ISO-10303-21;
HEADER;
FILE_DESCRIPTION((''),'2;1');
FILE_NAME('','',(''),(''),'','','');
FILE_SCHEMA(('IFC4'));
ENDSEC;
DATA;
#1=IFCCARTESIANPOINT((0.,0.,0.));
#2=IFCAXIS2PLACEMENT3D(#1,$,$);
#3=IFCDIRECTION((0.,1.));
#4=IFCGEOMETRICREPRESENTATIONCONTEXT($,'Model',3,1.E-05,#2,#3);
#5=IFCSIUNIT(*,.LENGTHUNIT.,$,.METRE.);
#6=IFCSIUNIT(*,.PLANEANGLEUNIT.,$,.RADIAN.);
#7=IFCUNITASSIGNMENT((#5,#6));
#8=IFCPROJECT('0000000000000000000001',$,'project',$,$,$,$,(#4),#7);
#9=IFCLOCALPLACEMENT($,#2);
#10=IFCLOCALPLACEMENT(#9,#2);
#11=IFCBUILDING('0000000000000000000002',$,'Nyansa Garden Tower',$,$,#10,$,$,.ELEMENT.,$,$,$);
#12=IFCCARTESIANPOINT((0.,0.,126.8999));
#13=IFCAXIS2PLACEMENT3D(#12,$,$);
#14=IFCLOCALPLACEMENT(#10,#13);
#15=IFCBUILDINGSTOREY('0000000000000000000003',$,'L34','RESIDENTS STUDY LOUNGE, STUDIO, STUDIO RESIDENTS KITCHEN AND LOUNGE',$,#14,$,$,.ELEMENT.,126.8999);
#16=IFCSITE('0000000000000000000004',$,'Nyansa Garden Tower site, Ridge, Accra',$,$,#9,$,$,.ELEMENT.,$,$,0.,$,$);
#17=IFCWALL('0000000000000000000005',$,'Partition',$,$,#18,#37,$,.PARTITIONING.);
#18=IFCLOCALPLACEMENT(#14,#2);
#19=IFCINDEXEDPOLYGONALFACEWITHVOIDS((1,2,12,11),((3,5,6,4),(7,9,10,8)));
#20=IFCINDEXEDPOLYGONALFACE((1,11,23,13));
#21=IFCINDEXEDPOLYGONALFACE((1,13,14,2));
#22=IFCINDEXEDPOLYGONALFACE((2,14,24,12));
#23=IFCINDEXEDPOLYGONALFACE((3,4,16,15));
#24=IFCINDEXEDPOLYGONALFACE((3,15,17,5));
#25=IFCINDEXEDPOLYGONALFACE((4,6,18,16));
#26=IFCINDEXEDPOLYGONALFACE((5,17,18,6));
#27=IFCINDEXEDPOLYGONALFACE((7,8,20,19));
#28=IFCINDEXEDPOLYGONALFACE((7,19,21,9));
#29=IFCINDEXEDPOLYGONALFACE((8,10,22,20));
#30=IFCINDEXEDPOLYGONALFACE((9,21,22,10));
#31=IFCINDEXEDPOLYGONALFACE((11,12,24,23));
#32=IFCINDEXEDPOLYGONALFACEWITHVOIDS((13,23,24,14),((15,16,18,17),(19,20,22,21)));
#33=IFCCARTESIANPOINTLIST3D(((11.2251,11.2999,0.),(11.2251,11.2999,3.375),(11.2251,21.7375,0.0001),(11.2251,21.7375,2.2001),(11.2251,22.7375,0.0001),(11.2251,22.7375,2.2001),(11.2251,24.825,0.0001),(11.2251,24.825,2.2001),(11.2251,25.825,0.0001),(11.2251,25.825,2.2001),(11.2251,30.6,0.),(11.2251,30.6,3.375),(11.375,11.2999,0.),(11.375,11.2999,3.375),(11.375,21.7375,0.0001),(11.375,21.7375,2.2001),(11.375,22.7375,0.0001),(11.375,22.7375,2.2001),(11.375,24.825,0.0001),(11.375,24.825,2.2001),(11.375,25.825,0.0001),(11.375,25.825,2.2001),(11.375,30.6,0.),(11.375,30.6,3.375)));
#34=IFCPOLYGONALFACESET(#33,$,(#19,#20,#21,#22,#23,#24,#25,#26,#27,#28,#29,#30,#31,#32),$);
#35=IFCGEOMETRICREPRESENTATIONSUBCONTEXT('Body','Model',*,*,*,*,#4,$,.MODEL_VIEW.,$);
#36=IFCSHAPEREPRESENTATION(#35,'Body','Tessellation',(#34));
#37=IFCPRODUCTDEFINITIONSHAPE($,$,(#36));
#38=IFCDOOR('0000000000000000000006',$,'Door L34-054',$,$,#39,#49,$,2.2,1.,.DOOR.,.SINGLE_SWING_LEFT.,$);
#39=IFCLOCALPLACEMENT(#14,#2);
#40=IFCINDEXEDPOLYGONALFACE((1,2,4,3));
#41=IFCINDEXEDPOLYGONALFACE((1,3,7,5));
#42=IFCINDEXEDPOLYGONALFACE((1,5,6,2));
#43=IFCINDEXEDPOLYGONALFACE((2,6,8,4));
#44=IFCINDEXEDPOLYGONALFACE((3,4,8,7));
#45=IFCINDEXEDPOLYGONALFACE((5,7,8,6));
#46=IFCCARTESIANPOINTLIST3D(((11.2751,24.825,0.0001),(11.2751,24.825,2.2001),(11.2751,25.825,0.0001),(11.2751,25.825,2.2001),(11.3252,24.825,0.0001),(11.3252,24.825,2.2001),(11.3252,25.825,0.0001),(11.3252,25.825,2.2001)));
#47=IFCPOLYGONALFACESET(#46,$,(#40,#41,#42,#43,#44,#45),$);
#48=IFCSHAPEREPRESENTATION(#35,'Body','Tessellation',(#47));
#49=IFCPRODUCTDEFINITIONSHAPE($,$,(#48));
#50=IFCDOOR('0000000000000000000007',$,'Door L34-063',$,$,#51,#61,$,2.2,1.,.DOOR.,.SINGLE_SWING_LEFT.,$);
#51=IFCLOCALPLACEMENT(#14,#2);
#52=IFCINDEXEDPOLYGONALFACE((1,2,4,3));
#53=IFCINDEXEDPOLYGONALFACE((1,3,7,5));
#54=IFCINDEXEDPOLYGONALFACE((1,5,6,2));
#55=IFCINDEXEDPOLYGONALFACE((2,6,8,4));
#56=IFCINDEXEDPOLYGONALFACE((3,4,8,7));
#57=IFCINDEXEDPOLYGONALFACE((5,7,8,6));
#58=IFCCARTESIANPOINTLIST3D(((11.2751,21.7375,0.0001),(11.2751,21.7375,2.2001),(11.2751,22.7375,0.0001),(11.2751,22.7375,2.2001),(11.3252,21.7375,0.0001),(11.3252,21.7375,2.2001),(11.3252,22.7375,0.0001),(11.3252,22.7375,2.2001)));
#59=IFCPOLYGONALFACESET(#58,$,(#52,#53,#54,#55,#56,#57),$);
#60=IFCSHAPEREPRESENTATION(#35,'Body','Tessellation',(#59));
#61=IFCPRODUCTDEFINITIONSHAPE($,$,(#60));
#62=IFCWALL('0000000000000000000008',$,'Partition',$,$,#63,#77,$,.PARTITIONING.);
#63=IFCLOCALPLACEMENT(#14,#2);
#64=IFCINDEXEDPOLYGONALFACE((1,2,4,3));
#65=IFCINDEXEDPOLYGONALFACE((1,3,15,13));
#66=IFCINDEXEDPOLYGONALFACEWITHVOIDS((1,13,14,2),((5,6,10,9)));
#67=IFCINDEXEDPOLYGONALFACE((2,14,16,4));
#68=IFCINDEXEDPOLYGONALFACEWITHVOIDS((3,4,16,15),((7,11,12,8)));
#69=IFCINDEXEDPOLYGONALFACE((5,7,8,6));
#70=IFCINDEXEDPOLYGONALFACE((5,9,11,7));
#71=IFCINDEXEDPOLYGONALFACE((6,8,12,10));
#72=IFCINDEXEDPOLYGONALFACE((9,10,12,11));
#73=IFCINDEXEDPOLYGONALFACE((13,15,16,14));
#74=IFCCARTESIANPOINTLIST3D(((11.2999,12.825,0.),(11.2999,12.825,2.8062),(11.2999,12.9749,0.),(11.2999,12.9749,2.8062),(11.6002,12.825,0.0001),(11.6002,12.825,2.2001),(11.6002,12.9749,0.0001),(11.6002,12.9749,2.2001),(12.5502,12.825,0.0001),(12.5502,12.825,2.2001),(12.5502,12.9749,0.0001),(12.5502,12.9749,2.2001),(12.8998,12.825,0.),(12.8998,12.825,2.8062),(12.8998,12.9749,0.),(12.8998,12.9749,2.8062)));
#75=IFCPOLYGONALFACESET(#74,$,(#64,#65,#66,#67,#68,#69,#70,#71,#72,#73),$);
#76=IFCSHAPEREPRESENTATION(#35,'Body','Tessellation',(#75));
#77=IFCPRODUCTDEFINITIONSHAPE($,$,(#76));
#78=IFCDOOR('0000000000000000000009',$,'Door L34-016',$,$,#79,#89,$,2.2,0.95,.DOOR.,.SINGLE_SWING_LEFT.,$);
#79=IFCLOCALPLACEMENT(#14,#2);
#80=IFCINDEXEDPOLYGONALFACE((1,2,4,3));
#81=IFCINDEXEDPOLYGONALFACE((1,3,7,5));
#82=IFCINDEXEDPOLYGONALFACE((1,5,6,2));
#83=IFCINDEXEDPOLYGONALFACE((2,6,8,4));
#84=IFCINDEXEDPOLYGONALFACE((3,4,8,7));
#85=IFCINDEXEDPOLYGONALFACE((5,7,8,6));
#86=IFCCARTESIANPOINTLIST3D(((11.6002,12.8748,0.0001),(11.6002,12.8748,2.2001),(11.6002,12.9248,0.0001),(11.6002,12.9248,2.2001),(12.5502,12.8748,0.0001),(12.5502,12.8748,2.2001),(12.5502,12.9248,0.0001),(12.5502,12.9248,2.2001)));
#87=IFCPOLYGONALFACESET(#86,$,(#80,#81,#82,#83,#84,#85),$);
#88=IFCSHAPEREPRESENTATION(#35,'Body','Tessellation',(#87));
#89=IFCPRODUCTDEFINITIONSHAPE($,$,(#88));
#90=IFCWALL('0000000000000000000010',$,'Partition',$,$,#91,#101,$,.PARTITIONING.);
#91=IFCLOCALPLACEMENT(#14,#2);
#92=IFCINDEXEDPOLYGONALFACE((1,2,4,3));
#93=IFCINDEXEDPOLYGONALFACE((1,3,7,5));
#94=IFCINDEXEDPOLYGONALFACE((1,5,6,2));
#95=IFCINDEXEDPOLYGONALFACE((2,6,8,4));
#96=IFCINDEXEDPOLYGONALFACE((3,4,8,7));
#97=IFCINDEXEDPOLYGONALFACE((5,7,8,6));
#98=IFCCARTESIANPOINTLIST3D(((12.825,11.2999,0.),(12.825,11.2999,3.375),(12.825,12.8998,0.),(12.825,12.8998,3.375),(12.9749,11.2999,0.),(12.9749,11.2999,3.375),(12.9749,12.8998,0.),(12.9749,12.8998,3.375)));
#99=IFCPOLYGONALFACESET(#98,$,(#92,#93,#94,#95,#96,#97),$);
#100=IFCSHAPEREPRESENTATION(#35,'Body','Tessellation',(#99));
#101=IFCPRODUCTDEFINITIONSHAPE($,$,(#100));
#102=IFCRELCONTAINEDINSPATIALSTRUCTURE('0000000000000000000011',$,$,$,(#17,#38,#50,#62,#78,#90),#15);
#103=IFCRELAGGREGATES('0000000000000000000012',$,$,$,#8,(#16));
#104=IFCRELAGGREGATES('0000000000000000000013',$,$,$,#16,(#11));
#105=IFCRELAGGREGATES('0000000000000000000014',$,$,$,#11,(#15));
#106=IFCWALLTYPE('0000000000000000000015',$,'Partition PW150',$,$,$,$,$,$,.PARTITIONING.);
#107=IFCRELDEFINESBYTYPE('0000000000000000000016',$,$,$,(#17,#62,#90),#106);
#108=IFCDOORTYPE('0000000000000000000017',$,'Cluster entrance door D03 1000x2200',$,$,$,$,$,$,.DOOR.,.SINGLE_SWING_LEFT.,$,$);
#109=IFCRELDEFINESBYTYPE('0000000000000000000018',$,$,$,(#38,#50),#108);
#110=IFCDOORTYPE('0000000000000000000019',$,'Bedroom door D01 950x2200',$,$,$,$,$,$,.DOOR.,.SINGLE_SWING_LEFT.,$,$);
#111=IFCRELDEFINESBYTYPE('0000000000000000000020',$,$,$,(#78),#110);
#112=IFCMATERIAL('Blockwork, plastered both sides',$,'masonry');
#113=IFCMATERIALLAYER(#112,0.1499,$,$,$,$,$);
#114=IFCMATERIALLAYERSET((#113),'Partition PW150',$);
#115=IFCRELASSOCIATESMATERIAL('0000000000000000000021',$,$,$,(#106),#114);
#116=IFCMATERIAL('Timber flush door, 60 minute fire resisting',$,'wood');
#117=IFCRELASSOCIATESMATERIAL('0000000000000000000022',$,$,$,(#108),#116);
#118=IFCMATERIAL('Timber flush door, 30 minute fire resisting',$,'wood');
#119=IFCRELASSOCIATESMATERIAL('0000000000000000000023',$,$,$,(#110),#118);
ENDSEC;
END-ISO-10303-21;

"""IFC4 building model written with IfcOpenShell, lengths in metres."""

from ifc_helpers import new_model, si_unit, direction, frame, frame_2d, origin, place, context, subcontext, project, spatial, rectangle, extrude, material, layer, layer_set, type_object, element, fill, save


model = new_model("IFC4")

# Units and contexts
model_context = context("Model", 3, precision=1e-05, world=origin(), true_north=direction((0.0, 1.0)))
body_context = subcontext(model_context, "Body", "Model", "MODEL_VIEW")
ifc_project = project(units=[si_unit("LENGTHUNIT", "METRE"), si_unit("PLANEANGLEUNIT", "RADIAN")], contexts=[model_context])

# Site, building, storey
site_placement = place(None, origin())
site = spatial("IfcSite", under=ifc_project, at=site_placement, Name="Nyansa Garden Tower site, Ridge, Accra", CompositionType="ELEMENT", RefElevation=0.0)
building_placement = place(site_placement, origin())
building = spatial("IfcBuilding", under=site, at=building_placement, Name="Nyansa Garden Tower", CompositionType="ELEMENT")
storey_placement = place(building_placement, frame((0.0, 0.0, 126.8999)))
storey = spatial("IfcBuildingStorey", under=building, at=storey_placement, Name="L34", Description="RESIDENTS STUDY LOUNGE, STUDIO, STUDIO RESIDENTS KITCHEN AND LOUNGE", CompositionType="ELEMENT", Elevation=126.8999)

# Wall, openings, doors
ifc_material_1 = material(Name="Blockwork, plastered both sides", Category="masonry")
ifc_layer_1 = layer(ifc_material_1, 0.1499)
ifc_layer_set_1 = layer_set([ifc_layer_1], Name="Partition PW150")
wall_type_1 = type_object("IfcWallType", Name="Partition PW150", PredefinedType="PARTITIONING", material=ifc_layer_set_1)
wall_1_placement = place(storey_placement, frame((11.3, 11.3, 0.0), z_axis=(0.0, 0.0, 1.0), x_axis=(0.0, 1.0, 0.0)))
wall_1 = element("IfcWall", 1, at=wall_1_placement, inside=storey, type_object=wall_type_1, Name="Partition", PredefinedType="PARTITIONING", context=body_context, shape_type="SweptSolid", body=[
    extrude(rectangle(XDim=19.3, YDim=0.1499, at=frame_2d((9.6499, 0.0))), origin(), (0.0, 0.0, 1.0), 3.375),
])
opening_1_placement = place(wall_1_placement, frame((13.5249, 0.0, 0.0)))
opening_1 = element("IfcOpeningElement", 2, at=opening_1_placement, cuts=wall_1, PredefinedType="OPENING", context=body_context, shape_type="SweptSolid", body=[
    extrude(rectangle(XDim=1.0, YDim=2.2, at=frame_2d((0.5, 1.1001))), frame((0.0, 0.085, 0.0), z_axis=(0.0, -1.0, 0.0), x_axis=(1.0, 0.0, 0.0)), (0.0, 0.0, 1.0), 0.1699),
])
opening_2_placement = place(wall_1_placement, frame((10.4375, 0.0, 0.0)))
opening_2 = element("IfcOpeningElement", 3, at=opening_2_placement, cuts=wall_1, PredefinedType="OPENING", context=body_context, shape_type="SweptSolid", body=[
    extrude(rectangle(XDim=1.0, YDim=2.2, at=frame_2d((0.5, 1.1001))), frame((0.0, 0.085, 0.0), z_axis=(0.0, -1.0, 0.0), x_axis=(1.0, 0.0, 0.0)), (0.0, 0.0, 1.0), 0.1699),
])
ifc_material_2 = material(Name="Timber flush door, 60 minute fire resisting", Category="wood")
door_type_1 = type_object("IfcDoorType", Name="Cluster entrance door D03 1000x2200", OperationType="SINGLE_SWING_LEFT", PredefinedType="DOOR", material=ifc_material_2)
door_1_placement = place(opening_1_placement, origin())
door_1 = element("IfcDoor", 4, at=door_1_placement, inside=storey, type_object=door_type_1, Name="Door L34-054", OperationType="SINGLE_SWING_LEFT", OverallHeight=2.2, OverallWidth=1.0, PredefinedType="DOOR", context=body_context, shape_type="SweptSolid", body=[
    extrude(rectangle(XDim=1.0, YDim=2.2, at=frame_2d((0.5, 1.1001))), frame((0.0, 0.0249, 0.0), z_axis=(0.0, -1.0, 0.0), x_axis=(1.0, 0.0, 0.0)), (0.0, 0.0, 1.0), 0.05),
])
fill(opening_1, door_1)
door_2_placement = place(opening_2_placement, origin())
door_2 = element("IfcDoor", 5, at=door_2_placement, inside=storey, type_object=door_type_1, Name="Door L34-063", OperationType="SINGLE_SWING_LEFT", OverallHeight=2.2, OverallWidth=1.0, PredefinedType="DOOR", context=body_context, shape_type="SweptSolid", body=[
    extrude(rectangle(XDim=1.0, YDim=2.2, at=frame_2d((0.5, 1.1001))), frame((0.0, 0.0249, 0.0), z_axis=(0.0, -1.0, 0.0), x_axis=(1.0, 0.0, 0.0)), (0.0, 0.0, 1.0), 0.05),
])
fill(opening_2, door_2)

# Wall, opening, door
wall_2_placement = place(storey_placement, frame((11.3, 12.8999, 0.0), z_axis=(0.0, 0.0, 1.0), x_axis=(1.0, 0.0, 0.0)))
wall_2 = element("IfcWall", 6, at=wall_2_placement, inside=storey, type_object=wall_type_1, Name="Partition", PredefinedType="PARTITIONING", context=body_context, shape_type="SweptSolid", body=[
    extrude(rectangle(XDim=1.5999, YDim=0.1499, at=frame_2d((0.7998, 0.0))), origin(), (0.0, 0.0, 1.0), 2.8062),
])
opening_3_placement = place(wall_2_placement, frame((0.3, 0.0, 0.0)))
opening_3 = element("IfcOpeningElement", 7, at=opening_3_placement, cuts=wall_2, PredefinedType="OPENING", context=body_context, shape_type="SweptSolid", body=[
    extrude(rectangle(XDim=0.95, YDim=2.2, at=frame_2d((0.4751, 1.1001))), frame((0.0, 0.085, 0.0), z_axis=(0.0, -1.0, 0.0), x_axis=(1.0, 0.0, 0.0)), (0.0, 0.0, 1.0), 0.1699),
])
ifc_material_3 = material(Name="Timber flush door, 30 minute fire resisting", Category="wood")
door_type_2 = type_object("IfcDoorType", Name="Bedroom door D01 950x2200", OperationType="SINGLE_SWING_LEFT", PredefinedType="DOOR", material=ifc_material_3)
door_3_placement = place(opening_3_placement, origin())
door_3 = element("IfcDoor", 8, at=door_3_placement, inside=storey, type_object=door_type_2, Name="Door L34-016", OperationType="SINGLE_SWING_LEFT", OverallHeight=2.2, OverallWidth=0.95, PredefinedType="DOOR", context=body_context, shape_type="SweptSolid", body=[
    extrude(rectangle(XDim=0.95, YDim=2.2, at=frame_2d((0.4751, 1.1001))), frame((0.0, 0.0249, 0.0), z_axis=(0.0, -1.0, 0.0), x_axis=(1.0, 0.0, 0.0)), (0.0, 0.0, 1.0), 0.05),
])
fill(opening_3, door_3)

# Wall
wall_3_placement = place(storey_placement, frame((12.8999, 11.3, 0.0), z_axis=(0.0, 0.0, 1.0), x_axis=(0.0, 1.0, 0.0)))
element("IfcWall", 9, at=wall_3_placement, inside=storey, type_object=wall_type_1, Name="Partition", PredefinedType="PARTITIONING", context=body_context, shape_type="SweptSolid", body=[
    extrude(rectangle(XDim=1.5999, YDim=0.1499, at=frame_2d((0.7998, 0.0))), origin(), (0.0, 0.0, 1.0), 3.375),
])

save(model, "model.ifc")
